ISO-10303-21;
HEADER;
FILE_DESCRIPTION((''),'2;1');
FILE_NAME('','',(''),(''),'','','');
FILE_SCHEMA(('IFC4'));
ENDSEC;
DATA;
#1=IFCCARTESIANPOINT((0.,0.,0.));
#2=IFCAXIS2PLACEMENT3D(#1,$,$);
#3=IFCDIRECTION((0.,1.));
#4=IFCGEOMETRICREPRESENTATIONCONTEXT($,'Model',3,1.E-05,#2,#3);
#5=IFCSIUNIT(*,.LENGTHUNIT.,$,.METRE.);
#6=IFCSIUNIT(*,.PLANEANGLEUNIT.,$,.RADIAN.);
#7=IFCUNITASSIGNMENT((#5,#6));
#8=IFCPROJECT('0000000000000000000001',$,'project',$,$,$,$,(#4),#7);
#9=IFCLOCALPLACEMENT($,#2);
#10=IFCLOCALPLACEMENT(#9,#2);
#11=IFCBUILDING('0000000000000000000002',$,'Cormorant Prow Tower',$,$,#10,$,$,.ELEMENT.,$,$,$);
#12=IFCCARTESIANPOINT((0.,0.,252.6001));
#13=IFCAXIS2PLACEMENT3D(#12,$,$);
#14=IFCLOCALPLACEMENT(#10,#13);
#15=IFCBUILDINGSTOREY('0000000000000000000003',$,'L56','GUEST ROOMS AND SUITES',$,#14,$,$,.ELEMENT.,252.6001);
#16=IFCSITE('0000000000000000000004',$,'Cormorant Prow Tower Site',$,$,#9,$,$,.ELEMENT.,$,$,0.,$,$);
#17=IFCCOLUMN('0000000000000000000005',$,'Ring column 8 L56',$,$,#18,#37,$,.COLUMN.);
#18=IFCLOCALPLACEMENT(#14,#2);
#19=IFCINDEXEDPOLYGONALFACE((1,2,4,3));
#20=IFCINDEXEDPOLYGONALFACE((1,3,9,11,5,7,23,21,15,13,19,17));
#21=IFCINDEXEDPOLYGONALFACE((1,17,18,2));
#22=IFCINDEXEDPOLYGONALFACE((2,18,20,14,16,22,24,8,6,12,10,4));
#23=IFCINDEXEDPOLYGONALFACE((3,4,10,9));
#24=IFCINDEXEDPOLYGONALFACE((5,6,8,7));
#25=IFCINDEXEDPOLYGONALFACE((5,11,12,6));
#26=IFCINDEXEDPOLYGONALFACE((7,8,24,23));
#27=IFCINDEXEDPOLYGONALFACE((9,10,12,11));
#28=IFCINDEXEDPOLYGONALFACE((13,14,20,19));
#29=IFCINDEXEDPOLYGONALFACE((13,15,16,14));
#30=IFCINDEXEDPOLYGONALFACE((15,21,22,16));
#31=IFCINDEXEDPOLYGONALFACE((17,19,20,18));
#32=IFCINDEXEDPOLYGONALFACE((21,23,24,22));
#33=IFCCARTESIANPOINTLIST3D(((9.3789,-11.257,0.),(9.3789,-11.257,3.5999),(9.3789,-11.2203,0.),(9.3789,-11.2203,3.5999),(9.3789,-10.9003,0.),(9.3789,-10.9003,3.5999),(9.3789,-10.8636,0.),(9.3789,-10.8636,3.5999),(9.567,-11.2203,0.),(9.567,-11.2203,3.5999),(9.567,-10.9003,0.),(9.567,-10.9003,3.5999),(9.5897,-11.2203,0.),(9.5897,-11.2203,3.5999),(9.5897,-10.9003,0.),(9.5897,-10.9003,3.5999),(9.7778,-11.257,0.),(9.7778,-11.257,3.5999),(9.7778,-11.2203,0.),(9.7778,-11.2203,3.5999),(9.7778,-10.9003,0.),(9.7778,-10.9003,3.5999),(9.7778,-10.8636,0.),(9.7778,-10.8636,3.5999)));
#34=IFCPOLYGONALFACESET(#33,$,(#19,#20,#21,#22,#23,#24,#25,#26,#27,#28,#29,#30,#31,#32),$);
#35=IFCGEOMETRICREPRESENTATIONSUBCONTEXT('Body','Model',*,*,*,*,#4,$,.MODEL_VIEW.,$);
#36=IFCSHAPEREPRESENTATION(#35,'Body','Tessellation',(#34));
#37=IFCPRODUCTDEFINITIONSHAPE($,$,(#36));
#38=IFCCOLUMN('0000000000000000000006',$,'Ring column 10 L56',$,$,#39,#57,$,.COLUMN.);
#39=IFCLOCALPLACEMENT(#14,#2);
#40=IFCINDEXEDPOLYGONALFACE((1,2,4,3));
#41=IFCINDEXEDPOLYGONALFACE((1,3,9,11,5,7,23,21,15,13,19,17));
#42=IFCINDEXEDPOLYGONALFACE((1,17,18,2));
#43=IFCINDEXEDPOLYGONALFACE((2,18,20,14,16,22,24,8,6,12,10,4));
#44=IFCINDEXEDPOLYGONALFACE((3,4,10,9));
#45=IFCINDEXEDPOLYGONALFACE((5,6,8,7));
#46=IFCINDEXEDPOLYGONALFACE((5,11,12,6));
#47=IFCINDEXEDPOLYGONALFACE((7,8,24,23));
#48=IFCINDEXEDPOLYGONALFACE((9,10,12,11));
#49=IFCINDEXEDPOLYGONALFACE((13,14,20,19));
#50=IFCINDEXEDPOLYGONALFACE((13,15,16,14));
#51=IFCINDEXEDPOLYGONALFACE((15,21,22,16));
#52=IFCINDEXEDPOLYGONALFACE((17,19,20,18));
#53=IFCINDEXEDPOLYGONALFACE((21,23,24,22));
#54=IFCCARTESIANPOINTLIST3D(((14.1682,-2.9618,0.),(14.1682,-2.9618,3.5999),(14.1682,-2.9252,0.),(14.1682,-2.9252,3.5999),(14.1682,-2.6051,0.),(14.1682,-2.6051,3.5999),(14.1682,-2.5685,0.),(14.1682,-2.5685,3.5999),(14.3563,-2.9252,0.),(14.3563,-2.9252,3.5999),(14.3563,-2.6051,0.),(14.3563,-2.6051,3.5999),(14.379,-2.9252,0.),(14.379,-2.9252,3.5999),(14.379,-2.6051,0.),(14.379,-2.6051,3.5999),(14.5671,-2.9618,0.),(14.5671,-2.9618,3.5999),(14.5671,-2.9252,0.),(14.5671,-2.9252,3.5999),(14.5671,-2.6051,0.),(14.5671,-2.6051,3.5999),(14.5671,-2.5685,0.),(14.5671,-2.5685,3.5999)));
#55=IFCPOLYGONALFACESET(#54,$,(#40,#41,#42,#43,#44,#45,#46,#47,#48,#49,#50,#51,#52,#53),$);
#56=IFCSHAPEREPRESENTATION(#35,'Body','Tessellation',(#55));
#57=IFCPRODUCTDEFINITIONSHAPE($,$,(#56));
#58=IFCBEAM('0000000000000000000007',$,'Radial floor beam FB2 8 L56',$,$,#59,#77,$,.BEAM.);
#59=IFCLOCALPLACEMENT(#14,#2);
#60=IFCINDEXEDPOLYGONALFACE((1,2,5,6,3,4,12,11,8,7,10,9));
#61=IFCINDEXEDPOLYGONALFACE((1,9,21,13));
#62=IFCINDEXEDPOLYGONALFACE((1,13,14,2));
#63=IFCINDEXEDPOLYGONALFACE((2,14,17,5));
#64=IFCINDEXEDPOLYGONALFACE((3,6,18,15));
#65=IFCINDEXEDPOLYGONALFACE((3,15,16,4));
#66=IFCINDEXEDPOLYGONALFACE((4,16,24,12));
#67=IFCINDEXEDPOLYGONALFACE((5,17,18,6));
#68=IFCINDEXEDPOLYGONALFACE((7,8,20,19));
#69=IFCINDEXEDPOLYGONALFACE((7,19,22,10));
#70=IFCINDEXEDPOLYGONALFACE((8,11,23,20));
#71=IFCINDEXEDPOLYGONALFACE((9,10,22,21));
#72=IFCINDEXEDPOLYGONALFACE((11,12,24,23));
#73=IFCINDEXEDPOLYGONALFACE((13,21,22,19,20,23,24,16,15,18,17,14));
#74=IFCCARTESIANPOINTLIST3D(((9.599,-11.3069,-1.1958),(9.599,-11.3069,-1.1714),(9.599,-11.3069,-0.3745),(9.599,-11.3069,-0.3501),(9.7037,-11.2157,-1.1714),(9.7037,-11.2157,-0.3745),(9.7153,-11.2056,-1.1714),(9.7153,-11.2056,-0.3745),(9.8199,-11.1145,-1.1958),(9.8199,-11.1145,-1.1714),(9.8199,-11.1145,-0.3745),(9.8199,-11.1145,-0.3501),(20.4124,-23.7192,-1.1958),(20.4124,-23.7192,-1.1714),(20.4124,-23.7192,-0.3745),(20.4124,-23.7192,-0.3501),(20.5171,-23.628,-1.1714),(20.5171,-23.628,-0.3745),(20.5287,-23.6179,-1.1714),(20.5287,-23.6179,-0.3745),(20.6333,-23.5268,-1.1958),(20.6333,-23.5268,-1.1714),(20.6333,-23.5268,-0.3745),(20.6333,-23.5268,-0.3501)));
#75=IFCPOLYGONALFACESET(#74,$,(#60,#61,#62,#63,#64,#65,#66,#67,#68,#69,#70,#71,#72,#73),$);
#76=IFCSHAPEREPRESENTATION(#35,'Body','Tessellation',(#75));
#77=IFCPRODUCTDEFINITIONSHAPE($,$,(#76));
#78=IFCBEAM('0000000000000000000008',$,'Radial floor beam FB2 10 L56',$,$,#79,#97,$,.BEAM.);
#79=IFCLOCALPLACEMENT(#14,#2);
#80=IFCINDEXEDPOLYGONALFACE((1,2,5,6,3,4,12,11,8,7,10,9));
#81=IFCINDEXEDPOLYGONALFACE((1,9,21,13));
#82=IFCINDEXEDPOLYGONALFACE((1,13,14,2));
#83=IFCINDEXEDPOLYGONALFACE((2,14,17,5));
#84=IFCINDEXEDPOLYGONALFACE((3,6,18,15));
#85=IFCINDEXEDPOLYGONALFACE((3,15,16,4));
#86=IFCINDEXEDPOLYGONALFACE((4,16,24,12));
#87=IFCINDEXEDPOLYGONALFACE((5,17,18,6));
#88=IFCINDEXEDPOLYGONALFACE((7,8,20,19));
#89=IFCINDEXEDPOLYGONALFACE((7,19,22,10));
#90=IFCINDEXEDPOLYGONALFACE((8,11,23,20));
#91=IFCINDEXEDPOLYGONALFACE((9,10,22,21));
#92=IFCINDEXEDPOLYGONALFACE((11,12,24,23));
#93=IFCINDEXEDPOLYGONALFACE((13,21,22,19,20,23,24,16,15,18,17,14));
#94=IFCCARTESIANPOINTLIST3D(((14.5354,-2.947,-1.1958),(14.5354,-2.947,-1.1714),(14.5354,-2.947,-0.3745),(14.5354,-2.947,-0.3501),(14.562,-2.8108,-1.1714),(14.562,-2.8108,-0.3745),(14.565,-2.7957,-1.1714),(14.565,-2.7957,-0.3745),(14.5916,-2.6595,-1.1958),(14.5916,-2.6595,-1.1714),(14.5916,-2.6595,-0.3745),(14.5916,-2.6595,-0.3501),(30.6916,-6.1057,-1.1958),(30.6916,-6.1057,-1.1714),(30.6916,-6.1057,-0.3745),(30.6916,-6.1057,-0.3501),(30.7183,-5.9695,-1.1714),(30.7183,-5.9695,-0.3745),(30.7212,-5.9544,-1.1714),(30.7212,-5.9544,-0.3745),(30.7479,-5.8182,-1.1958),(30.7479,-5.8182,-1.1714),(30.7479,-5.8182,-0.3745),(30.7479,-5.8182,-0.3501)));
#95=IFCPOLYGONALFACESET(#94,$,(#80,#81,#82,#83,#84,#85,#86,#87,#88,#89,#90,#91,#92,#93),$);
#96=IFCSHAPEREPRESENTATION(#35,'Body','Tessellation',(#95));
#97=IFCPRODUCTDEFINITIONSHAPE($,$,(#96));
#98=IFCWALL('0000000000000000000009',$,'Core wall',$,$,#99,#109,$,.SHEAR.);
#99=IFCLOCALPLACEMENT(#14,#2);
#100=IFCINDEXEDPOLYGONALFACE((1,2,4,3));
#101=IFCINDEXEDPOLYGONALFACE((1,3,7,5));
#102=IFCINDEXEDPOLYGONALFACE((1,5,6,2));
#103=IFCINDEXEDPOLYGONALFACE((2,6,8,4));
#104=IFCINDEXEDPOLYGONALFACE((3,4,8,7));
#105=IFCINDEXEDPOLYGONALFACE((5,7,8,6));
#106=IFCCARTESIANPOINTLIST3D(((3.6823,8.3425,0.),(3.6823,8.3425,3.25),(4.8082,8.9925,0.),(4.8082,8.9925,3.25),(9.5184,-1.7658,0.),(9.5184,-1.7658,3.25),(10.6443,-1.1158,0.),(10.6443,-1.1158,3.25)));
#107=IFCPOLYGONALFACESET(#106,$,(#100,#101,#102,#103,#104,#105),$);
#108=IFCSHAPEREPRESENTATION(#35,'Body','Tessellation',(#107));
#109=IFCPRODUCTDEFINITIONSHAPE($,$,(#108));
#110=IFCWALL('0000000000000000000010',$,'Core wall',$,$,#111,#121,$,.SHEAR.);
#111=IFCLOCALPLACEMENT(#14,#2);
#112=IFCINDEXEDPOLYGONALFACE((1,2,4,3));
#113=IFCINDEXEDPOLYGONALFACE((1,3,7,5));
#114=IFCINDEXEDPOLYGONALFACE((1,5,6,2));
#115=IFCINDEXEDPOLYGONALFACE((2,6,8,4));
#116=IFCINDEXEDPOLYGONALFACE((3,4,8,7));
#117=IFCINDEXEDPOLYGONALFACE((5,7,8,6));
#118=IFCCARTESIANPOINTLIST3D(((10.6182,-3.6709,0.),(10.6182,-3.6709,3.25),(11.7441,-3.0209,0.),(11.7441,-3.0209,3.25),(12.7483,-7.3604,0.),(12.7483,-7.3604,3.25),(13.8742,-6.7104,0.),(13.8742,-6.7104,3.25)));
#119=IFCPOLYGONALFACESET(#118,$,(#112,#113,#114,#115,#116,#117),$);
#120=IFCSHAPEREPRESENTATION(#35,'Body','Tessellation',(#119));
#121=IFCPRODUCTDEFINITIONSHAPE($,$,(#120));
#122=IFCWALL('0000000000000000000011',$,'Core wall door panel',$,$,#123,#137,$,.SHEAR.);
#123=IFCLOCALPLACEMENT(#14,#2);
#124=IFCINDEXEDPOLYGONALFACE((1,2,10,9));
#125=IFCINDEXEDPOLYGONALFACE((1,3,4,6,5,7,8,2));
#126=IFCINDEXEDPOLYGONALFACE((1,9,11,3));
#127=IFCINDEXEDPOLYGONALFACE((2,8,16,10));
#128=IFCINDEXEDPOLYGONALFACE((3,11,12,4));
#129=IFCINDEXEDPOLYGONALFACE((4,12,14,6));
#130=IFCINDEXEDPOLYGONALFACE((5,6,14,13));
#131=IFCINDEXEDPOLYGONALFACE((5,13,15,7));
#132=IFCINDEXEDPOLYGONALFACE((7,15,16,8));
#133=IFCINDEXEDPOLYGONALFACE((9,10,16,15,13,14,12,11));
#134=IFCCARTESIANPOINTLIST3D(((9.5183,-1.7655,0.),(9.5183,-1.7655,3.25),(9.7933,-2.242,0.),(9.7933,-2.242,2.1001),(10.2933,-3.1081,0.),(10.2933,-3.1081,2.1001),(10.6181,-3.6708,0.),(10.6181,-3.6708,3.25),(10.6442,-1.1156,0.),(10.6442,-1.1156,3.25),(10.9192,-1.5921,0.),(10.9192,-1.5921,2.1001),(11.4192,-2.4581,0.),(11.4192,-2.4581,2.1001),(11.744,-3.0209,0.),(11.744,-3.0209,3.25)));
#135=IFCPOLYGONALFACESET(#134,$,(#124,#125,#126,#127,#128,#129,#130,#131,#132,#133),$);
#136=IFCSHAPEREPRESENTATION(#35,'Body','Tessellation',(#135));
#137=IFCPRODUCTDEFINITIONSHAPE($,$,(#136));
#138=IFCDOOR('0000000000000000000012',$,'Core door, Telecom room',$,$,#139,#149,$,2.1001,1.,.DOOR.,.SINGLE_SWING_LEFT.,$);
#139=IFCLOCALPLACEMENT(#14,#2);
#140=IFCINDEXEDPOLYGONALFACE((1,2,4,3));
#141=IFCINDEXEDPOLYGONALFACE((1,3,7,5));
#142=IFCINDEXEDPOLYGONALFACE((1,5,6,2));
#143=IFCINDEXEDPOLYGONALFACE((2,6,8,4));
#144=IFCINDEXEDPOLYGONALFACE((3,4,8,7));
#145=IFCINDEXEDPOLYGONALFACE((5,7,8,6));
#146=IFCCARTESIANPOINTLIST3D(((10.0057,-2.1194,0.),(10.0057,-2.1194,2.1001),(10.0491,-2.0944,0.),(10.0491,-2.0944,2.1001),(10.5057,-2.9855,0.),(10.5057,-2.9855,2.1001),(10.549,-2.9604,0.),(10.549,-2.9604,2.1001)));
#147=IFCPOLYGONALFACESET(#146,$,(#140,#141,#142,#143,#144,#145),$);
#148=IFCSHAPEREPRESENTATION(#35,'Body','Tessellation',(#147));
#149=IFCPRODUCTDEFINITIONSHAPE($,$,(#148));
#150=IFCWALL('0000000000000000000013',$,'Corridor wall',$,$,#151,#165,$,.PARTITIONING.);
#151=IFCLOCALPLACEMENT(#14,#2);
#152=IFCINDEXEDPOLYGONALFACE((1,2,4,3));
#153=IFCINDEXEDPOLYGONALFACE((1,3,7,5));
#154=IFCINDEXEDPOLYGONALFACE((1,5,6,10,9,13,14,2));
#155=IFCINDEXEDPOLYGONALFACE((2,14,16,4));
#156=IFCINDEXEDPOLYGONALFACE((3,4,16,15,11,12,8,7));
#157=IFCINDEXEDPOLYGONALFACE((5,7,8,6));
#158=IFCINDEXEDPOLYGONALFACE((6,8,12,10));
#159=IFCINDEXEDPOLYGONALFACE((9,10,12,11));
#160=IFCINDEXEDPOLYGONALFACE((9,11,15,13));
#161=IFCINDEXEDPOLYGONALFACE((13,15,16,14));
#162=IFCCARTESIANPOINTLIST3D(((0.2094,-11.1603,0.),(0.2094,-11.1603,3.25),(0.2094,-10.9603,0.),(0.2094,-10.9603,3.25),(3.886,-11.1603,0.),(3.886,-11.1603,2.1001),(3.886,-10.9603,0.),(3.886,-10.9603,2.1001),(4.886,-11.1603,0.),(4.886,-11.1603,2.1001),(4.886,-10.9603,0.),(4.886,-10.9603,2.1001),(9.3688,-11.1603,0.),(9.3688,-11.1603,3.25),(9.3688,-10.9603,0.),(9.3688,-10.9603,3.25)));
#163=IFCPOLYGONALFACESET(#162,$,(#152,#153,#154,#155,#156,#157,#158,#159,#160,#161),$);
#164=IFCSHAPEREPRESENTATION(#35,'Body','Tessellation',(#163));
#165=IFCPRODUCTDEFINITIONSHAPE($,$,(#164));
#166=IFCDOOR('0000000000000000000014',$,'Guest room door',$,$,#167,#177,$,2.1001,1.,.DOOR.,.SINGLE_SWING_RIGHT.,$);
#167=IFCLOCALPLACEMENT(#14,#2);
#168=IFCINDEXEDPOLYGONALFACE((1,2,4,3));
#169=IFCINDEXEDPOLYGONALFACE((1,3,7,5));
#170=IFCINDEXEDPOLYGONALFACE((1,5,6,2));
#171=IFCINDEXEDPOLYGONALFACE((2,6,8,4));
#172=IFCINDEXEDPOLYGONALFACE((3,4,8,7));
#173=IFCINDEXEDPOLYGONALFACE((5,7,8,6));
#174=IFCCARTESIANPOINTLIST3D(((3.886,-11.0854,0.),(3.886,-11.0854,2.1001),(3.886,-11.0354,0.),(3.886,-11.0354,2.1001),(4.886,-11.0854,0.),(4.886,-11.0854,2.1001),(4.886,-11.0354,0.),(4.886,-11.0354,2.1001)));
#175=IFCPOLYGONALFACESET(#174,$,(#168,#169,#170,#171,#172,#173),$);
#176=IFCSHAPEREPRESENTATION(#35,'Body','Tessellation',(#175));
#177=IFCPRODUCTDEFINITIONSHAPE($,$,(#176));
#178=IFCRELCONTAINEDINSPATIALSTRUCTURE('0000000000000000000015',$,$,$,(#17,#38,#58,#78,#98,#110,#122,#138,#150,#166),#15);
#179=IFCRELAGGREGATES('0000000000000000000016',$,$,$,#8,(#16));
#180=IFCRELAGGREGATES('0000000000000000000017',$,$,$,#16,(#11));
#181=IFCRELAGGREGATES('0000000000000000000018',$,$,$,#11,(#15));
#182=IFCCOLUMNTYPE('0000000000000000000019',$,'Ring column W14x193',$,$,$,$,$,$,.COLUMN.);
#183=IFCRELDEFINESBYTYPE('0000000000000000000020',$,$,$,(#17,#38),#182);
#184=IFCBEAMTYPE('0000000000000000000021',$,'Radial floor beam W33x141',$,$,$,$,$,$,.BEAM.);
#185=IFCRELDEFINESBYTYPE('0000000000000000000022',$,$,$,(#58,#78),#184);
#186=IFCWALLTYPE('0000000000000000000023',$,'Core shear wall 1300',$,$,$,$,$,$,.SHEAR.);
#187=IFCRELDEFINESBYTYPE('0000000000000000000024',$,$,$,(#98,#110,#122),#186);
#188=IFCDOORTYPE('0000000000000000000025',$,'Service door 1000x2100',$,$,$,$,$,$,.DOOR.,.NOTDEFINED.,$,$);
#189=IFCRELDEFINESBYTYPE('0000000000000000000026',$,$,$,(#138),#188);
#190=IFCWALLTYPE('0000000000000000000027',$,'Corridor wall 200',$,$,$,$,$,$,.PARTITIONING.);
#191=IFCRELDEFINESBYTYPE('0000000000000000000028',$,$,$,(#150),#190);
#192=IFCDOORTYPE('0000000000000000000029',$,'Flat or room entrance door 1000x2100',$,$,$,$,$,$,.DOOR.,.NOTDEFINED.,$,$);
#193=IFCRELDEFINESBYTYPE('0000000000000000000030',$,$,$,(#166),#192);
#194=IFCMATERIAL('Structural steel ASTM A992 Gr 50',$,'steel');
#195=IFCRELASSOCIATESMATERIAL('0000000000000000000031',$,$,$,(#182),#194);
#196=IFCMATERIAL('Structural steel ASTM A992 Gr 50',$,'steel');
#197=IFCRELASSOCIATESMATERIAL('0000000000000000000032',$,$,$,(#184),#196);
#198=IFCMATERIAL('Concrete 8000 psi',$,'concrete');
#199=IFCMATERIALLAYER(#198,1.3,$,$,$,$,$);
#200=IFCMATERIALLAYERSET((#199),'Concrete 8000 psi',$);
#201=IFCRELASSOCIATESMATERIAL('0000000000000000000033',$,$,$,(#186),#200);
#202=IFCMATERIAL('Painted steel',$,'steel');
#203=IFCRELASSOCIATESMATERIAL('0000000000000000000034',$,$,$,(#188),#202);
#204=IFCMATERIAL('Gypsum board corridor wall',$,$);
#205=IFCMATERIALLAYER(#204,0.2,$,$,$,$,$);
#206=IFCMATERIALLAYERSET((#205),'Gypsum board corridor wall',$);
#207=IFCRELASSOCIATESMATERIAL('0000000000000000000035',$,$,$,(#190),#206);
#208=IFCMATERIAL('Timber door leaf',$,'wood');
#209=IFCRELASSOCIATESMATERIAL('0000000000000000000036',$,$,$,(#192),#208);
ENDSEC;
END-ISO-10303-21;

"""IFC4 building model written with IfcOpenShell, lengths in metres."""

from ifc_helpers import new_model, si_unit, direction, frame, frame_2d, origin, origin_2d, place, context, subcontext, project, spatial, rectangle, i_section, extrude, material, layer, layer_set, material_profile, profile_set, type_object, element, fill, save


model = new_model("IFC4")

# Units and contexts
model_context = context("Model", 3, precision=1e-05, world=origin(), true_north=direction((0.0, 1.0)))
body_context = subcontext(model_context, "Body", "Model", "MODEL_VIEW")
ifc_project = project(units=[si_unit("LENGTHUNIT", "METRE"), si_unit("PLANEANGLEUNIT", "RADIAN")], contexts=[model_context])

# Site, building, storey
site_placement = place(None, origin())
site = spatial("IfcSite", under=ifc_project, at=site_placement, Name="Cormorant Prow Tower Site", CompositionType="ELEMENT", RefElevation=0.0)
building_placement = place(site_placement, origin())
building = spatial("IfcBuilding", under=site, at=building_placement, Name="Cormorant Prow Tower", CompositionType="ELEMENT")
storey_placement = place(building_placement, frame((0.0, 0.0, 252.6001)))
storey = spatial("IfcBuildingStorey", under=building, at=storey_placement, Name="L56", Description="GUEST ROOMS AND SUITES", CompositionType="ELEMENT", Elevation=252.6001)

# Columns
ifc_material_1 = material(Name="Structural steel ASTM A992 Gr 50", Category="steel")
ifc_material_profile_1 = material_profile(ifc_material_1, i_section(OverallWidth=0.3989, OverallDepth=0.3933, WebThickness=0.0227, FlangeThickness=0.0366, at=origin_2d()), Name="W14x193")
ifc_profile_set_1 = profile_set([ifc_material_profile_1], Name="Structural steel ASTM A992 Gr 50")
column_type = type_object("IfcColumnType", Name="Ring column W14x193", PredefinedType="COLUMN", material=ifc_profile_set_1)
for number, where, z_axis, x_axis, name in (
    (1, (9.5784, -11.0603, 0.0), (0.0, 0.0, 1.0), (1.0, 0.0, 0.0), "Ring column 8 L56"),
    (2, (14.3677, -2.7651, 0.0), (0.0, 0.0, 1.0), (1.0, 0.0, 0.0), "Ring column 10 L56"),
):
    element("IfcColumn", number, at=place(storey_placement, frame(where, z_axis=z_axis, x_axis=x_axis)), inside=storey, type_object=column_type, Name=name, PredefinedType="COLUMN", context=body_context, shape_type="SweptSolid", body=[
        extrude(i_section(OverallWidth=0.3989, OverallDepth=0.3933, WebThickness=0.0227, FlangeThickness=0.0366, at=origin_2d()), origin(), (0.0, 0.0, 1.0), 3.5999),
    ])

# Beams
ifc_material_2 = material(Name="Structural steel ASTM A992 Gr 50", Category="steel")
ifc_material_profile_2 = material_profile(ifc_material_2, i_section(OverallWidth=0.293, OverallDepth=0.8457, WebThickness=0.0154, FlangeThickness=0.0244, at=origin_2d()), Name="W33x141")
ifc_profile_set_2 = profile_set([ifc_material_profile_2], Name="Structural steel ASTM A992 Gr 50")
beam_type = type_object("IfcBeamType", Name="Radial floor beam W33x141", PredefinedType="BEAM", material=ifc_profile_set_2)
beam_1_placement = place(storey_placement, frame((9.7095, -11.2107, -0.7729), z_axis=(0.656875, -0.754, 0.0), x_axis=(0.754, 0.656875, 0.0)))
element("IfcBeam", 3, at=beam_1_placement, inside=storey, type_object=beam_type, Name="Radial floor beam FB2 8 L56", PredefinedType="BEAM", context=body_context, shape_type="SweptSolid", body=[
    extrude(i_section(OverallWidth=0.293, OverallDepth=0.8457, WebThickness=0.0154, FlangeThickness=0.0244, at=origin_2d()), origin(), (0.0, 0.0, 1.0), 16.4619),
])
beam_2_placement = place(storey_placement, frame((14.5635, -2.8032, -0.7729), z_axis=(0.981419, -0.191876, 0.0), x_axis=(0.191876, 0.981419, 0.0)))
element("IfcBeam", 4, at=beam_2_placement, inside=storey, type_object=beam_type, Name="Radial floor beam FB2 10 L56", PredefinedType="BEAM", context=body_context, shape_type="SweptSolid", body=[
    extrude(i_section(OverallWidth=0.293, OverallDepth=0.8457, WebThickness=0.0154, FlangeThickness=0.0244, at=origin_2d()), origin(), (0.0, 0.0, 1.0), 16.4622),
])

# Walls
ifc_material_3 = material(Name="Concrete 8000 psi", Category="concrete")
ifc_layer_1 = layer(ifc_material_3, 1.3)
ifc_layer_set_1 = layer_set([ifc_layer_1], Name="Concrete 8000 psi")
wall_type_1 = type_object("IfcWallType", Name="Core shear wall 1300", PredefinedType="SHEAR", material=ifc_layer_set_1)
wall_1_placement = place(storey_placement, frame((10.0813, -1.4407, 0.0), z_axis=(0.0, 0.0, 1.0), x_axis=(-0.500006, 0.866022, 0.0)))
element("IfcWall", 5, at=wall_1_placement, inside=storey, type_object=wall_type_1, Name="Core wall", PredefinedType="SHEAR", context=body_context, shape_type="SweptSolid", body=[
    extrude(rectangle(XDim=11.6721, YDim=1.3, at=frame_2d((5.8359, 0.0))), origin(), (0.0, 0.0, 1.0), 3.25),
])
wall_2_placement = place(storey_placement, frame((13.3113, -7.0354, 0.0), z_axis=(0.0, 0.0, 1.0), x_axis=(-0.500004, 0.866023, 0.0)))
element("IfcWall", 6, at=wall_2_placement, inside=storey, type_object=wall_type_1, Name="Core wall", PredefinedType="SHEAR", context=body_context, shape_type="SweptSolid", body=[
    extrude(rectangle(XDim=4.2603, YDim=1.3, at=frame_2d((2.1301, 0.0))), origin(), (0.0, 0.0, 1.0), 3.25),
])

# Walls, openings, doors
wall_3_placement = place(storey_placement, frame((11.1812, -3.3459, 0.0), z_axis=(0.0, 0.0, 1.0), x_axis=(-0.499947, 0.866056, 0.0)))
wall_3 = element("IfcWall", 7, at=wall_3_placement, inside=storey, type_object=wall_type_1, Name="Core wall door panel", PredefinedType="SHEAR", context=body_context, shape_type="SweptSolid", body=[
    extrude(rectangle(XDim=2.2, YDim=1.3, at=frame_2d((1.1001, 0.0))), origin(), (0.0, 0.0, 1.0), 3.25),
])
opening_1_placement = place(wall_3_placement, frame((0.6499, 0.0, 0.0)))
opening_1 = element("IfcOpeningElement", 8, at=opening_1_placement, cuts=wall_3, PredefinedType="OPENING", context=body_context, shape_type="SweptSolid", body=[
    extrude(rectangle(XDim=1.0, YDim=2.1001, at=frame_2d((0.5, 1.05))), frame((0.0, 0.6599, 0.0), z_axis=(0.0, -1.0, 0.0), x_axis=(1.0, 0.0, 0.0)), (0.0, 0.0, 1.0), 1.3201),
])
ifc_material_4 = material(Name="Painted steel", Category="steel")
door_type_1 = type_object("IfcDoorType", Name="Service door 1000x2100", OperationType="NOTDEFINED", PredefinedType="DOOR", material=ifc_material_4)
door_1_placement = place(opening_1_placement, origin())
door_1 = element("IfcDoor", 9, at=door_1_placement, inside=storey, type_object=door_type_1, Name="Core door, Telecom room", OperationType="SINGLE_SWING_LEFT", OverallHeight=2.1001, OverallWidth=1.0, PredefinedType="DOOR", context=body_context, shape_type="SweptSolid", body=[
    extrude(rectangle(XDim=1.0, YDim=2.1001, at=frame_2d((0.5, 1.05))), frame((0.0, 0.4048, 0.0), z_axis=(0.0, -1.0, 0.0), x_axis=(1.0, 0.0, 0.0)), (0.0, 0.0, 1.0), 0.05),
])
fill(opening_1, door_1)
ifc_material_5 = material(Name="Gypsum board corridor wall")
ifc_layer_2 = layer(ifc_material_5, 0.2)
ifc_layer_set_2 = layer_set([ifc_layer_2], Name="Gypsum board corridor wall")
wall_type_2 = type_object("IfcWallType", Name="Corridor wall 200", PredefinedType="PARTITIONING", material=ifc_layer_set_2)
wall_4_placement = place(storey_placement, frame((0.2095, -11.0603, 0.0), z_axis=(0.0, 0.0, 1.0), x_axis=(1.0, 0.0, 0.0)))
wall_4 = element("IfcWall", 10, at=wall_4_placement, inside=storey, type_object=wall_type_2, Name="Corridor wall", PredefinedType="PARTITIONING", context=body_context, shape_type="SweptSolid", body=[
    extrude(rectangle(XDim=9.1594, YDim=0.2, at=frame_2d((4.5796, 0.0))), origin(), (0.0, 0.0, 1.0), 3.25),
])
opening_2_placement = place(wall_4_placement, frame((3.6765, 0.0, 0.0)))
opening_2 = element("IfcOpeningElement", 11, at=opening_2_placement, cuts=wall_4, PredefinedType="OPENING", context=body_context, shape_type="SweptSolid", body=[
    extrude(rectangle(XDim=1.0, YDim=2.1001, at=frame_2d((0.5, 1.05))), frame((0.0, 0.1099, 0.0), z_axis=(0.0, -1.0, 0.0), x_axis=(1.0, 0.0, 0.0)), (0.0, 0.0, 1.0), 0.22),
])
ifc_material_6 = material(Name="Timber door leaf", Category="wood")
door_type_2 = type_object("IfcDoorType", Name="Flat or room entrance door 1000x2100", OperationType="NOTDEFINED", PredefinedType="DOOR", material=ifc_material_6)
door_2_placement = place(opening_2_placement, origin())
door_2 = element("IfcDoor", 12, at=door_2_placement, inside=storey, type_object=door_type_2, Name="Guest room door", OperationType="SINGLE_SWING_RIGHT", OverallHeight=2.1001, OverallWidth=1.0, PredefinedType="DOOR", context=body_context, shape_type="SweptSolid", body=[
    extrude(rectangle(XDim=1.0, YDim=2.1001, at=frame_2d((0.5, 1.05))), frame((0.0, 0.0249, 0.0), z_axis=(0.0, -1.0, 0.0), x_axis=(1.0, 0.0, 0.0)), (0.0, 0.0, 1.0), 0.05),
])
fill(opening_2, door_2)

save(model, "model.ifc")
